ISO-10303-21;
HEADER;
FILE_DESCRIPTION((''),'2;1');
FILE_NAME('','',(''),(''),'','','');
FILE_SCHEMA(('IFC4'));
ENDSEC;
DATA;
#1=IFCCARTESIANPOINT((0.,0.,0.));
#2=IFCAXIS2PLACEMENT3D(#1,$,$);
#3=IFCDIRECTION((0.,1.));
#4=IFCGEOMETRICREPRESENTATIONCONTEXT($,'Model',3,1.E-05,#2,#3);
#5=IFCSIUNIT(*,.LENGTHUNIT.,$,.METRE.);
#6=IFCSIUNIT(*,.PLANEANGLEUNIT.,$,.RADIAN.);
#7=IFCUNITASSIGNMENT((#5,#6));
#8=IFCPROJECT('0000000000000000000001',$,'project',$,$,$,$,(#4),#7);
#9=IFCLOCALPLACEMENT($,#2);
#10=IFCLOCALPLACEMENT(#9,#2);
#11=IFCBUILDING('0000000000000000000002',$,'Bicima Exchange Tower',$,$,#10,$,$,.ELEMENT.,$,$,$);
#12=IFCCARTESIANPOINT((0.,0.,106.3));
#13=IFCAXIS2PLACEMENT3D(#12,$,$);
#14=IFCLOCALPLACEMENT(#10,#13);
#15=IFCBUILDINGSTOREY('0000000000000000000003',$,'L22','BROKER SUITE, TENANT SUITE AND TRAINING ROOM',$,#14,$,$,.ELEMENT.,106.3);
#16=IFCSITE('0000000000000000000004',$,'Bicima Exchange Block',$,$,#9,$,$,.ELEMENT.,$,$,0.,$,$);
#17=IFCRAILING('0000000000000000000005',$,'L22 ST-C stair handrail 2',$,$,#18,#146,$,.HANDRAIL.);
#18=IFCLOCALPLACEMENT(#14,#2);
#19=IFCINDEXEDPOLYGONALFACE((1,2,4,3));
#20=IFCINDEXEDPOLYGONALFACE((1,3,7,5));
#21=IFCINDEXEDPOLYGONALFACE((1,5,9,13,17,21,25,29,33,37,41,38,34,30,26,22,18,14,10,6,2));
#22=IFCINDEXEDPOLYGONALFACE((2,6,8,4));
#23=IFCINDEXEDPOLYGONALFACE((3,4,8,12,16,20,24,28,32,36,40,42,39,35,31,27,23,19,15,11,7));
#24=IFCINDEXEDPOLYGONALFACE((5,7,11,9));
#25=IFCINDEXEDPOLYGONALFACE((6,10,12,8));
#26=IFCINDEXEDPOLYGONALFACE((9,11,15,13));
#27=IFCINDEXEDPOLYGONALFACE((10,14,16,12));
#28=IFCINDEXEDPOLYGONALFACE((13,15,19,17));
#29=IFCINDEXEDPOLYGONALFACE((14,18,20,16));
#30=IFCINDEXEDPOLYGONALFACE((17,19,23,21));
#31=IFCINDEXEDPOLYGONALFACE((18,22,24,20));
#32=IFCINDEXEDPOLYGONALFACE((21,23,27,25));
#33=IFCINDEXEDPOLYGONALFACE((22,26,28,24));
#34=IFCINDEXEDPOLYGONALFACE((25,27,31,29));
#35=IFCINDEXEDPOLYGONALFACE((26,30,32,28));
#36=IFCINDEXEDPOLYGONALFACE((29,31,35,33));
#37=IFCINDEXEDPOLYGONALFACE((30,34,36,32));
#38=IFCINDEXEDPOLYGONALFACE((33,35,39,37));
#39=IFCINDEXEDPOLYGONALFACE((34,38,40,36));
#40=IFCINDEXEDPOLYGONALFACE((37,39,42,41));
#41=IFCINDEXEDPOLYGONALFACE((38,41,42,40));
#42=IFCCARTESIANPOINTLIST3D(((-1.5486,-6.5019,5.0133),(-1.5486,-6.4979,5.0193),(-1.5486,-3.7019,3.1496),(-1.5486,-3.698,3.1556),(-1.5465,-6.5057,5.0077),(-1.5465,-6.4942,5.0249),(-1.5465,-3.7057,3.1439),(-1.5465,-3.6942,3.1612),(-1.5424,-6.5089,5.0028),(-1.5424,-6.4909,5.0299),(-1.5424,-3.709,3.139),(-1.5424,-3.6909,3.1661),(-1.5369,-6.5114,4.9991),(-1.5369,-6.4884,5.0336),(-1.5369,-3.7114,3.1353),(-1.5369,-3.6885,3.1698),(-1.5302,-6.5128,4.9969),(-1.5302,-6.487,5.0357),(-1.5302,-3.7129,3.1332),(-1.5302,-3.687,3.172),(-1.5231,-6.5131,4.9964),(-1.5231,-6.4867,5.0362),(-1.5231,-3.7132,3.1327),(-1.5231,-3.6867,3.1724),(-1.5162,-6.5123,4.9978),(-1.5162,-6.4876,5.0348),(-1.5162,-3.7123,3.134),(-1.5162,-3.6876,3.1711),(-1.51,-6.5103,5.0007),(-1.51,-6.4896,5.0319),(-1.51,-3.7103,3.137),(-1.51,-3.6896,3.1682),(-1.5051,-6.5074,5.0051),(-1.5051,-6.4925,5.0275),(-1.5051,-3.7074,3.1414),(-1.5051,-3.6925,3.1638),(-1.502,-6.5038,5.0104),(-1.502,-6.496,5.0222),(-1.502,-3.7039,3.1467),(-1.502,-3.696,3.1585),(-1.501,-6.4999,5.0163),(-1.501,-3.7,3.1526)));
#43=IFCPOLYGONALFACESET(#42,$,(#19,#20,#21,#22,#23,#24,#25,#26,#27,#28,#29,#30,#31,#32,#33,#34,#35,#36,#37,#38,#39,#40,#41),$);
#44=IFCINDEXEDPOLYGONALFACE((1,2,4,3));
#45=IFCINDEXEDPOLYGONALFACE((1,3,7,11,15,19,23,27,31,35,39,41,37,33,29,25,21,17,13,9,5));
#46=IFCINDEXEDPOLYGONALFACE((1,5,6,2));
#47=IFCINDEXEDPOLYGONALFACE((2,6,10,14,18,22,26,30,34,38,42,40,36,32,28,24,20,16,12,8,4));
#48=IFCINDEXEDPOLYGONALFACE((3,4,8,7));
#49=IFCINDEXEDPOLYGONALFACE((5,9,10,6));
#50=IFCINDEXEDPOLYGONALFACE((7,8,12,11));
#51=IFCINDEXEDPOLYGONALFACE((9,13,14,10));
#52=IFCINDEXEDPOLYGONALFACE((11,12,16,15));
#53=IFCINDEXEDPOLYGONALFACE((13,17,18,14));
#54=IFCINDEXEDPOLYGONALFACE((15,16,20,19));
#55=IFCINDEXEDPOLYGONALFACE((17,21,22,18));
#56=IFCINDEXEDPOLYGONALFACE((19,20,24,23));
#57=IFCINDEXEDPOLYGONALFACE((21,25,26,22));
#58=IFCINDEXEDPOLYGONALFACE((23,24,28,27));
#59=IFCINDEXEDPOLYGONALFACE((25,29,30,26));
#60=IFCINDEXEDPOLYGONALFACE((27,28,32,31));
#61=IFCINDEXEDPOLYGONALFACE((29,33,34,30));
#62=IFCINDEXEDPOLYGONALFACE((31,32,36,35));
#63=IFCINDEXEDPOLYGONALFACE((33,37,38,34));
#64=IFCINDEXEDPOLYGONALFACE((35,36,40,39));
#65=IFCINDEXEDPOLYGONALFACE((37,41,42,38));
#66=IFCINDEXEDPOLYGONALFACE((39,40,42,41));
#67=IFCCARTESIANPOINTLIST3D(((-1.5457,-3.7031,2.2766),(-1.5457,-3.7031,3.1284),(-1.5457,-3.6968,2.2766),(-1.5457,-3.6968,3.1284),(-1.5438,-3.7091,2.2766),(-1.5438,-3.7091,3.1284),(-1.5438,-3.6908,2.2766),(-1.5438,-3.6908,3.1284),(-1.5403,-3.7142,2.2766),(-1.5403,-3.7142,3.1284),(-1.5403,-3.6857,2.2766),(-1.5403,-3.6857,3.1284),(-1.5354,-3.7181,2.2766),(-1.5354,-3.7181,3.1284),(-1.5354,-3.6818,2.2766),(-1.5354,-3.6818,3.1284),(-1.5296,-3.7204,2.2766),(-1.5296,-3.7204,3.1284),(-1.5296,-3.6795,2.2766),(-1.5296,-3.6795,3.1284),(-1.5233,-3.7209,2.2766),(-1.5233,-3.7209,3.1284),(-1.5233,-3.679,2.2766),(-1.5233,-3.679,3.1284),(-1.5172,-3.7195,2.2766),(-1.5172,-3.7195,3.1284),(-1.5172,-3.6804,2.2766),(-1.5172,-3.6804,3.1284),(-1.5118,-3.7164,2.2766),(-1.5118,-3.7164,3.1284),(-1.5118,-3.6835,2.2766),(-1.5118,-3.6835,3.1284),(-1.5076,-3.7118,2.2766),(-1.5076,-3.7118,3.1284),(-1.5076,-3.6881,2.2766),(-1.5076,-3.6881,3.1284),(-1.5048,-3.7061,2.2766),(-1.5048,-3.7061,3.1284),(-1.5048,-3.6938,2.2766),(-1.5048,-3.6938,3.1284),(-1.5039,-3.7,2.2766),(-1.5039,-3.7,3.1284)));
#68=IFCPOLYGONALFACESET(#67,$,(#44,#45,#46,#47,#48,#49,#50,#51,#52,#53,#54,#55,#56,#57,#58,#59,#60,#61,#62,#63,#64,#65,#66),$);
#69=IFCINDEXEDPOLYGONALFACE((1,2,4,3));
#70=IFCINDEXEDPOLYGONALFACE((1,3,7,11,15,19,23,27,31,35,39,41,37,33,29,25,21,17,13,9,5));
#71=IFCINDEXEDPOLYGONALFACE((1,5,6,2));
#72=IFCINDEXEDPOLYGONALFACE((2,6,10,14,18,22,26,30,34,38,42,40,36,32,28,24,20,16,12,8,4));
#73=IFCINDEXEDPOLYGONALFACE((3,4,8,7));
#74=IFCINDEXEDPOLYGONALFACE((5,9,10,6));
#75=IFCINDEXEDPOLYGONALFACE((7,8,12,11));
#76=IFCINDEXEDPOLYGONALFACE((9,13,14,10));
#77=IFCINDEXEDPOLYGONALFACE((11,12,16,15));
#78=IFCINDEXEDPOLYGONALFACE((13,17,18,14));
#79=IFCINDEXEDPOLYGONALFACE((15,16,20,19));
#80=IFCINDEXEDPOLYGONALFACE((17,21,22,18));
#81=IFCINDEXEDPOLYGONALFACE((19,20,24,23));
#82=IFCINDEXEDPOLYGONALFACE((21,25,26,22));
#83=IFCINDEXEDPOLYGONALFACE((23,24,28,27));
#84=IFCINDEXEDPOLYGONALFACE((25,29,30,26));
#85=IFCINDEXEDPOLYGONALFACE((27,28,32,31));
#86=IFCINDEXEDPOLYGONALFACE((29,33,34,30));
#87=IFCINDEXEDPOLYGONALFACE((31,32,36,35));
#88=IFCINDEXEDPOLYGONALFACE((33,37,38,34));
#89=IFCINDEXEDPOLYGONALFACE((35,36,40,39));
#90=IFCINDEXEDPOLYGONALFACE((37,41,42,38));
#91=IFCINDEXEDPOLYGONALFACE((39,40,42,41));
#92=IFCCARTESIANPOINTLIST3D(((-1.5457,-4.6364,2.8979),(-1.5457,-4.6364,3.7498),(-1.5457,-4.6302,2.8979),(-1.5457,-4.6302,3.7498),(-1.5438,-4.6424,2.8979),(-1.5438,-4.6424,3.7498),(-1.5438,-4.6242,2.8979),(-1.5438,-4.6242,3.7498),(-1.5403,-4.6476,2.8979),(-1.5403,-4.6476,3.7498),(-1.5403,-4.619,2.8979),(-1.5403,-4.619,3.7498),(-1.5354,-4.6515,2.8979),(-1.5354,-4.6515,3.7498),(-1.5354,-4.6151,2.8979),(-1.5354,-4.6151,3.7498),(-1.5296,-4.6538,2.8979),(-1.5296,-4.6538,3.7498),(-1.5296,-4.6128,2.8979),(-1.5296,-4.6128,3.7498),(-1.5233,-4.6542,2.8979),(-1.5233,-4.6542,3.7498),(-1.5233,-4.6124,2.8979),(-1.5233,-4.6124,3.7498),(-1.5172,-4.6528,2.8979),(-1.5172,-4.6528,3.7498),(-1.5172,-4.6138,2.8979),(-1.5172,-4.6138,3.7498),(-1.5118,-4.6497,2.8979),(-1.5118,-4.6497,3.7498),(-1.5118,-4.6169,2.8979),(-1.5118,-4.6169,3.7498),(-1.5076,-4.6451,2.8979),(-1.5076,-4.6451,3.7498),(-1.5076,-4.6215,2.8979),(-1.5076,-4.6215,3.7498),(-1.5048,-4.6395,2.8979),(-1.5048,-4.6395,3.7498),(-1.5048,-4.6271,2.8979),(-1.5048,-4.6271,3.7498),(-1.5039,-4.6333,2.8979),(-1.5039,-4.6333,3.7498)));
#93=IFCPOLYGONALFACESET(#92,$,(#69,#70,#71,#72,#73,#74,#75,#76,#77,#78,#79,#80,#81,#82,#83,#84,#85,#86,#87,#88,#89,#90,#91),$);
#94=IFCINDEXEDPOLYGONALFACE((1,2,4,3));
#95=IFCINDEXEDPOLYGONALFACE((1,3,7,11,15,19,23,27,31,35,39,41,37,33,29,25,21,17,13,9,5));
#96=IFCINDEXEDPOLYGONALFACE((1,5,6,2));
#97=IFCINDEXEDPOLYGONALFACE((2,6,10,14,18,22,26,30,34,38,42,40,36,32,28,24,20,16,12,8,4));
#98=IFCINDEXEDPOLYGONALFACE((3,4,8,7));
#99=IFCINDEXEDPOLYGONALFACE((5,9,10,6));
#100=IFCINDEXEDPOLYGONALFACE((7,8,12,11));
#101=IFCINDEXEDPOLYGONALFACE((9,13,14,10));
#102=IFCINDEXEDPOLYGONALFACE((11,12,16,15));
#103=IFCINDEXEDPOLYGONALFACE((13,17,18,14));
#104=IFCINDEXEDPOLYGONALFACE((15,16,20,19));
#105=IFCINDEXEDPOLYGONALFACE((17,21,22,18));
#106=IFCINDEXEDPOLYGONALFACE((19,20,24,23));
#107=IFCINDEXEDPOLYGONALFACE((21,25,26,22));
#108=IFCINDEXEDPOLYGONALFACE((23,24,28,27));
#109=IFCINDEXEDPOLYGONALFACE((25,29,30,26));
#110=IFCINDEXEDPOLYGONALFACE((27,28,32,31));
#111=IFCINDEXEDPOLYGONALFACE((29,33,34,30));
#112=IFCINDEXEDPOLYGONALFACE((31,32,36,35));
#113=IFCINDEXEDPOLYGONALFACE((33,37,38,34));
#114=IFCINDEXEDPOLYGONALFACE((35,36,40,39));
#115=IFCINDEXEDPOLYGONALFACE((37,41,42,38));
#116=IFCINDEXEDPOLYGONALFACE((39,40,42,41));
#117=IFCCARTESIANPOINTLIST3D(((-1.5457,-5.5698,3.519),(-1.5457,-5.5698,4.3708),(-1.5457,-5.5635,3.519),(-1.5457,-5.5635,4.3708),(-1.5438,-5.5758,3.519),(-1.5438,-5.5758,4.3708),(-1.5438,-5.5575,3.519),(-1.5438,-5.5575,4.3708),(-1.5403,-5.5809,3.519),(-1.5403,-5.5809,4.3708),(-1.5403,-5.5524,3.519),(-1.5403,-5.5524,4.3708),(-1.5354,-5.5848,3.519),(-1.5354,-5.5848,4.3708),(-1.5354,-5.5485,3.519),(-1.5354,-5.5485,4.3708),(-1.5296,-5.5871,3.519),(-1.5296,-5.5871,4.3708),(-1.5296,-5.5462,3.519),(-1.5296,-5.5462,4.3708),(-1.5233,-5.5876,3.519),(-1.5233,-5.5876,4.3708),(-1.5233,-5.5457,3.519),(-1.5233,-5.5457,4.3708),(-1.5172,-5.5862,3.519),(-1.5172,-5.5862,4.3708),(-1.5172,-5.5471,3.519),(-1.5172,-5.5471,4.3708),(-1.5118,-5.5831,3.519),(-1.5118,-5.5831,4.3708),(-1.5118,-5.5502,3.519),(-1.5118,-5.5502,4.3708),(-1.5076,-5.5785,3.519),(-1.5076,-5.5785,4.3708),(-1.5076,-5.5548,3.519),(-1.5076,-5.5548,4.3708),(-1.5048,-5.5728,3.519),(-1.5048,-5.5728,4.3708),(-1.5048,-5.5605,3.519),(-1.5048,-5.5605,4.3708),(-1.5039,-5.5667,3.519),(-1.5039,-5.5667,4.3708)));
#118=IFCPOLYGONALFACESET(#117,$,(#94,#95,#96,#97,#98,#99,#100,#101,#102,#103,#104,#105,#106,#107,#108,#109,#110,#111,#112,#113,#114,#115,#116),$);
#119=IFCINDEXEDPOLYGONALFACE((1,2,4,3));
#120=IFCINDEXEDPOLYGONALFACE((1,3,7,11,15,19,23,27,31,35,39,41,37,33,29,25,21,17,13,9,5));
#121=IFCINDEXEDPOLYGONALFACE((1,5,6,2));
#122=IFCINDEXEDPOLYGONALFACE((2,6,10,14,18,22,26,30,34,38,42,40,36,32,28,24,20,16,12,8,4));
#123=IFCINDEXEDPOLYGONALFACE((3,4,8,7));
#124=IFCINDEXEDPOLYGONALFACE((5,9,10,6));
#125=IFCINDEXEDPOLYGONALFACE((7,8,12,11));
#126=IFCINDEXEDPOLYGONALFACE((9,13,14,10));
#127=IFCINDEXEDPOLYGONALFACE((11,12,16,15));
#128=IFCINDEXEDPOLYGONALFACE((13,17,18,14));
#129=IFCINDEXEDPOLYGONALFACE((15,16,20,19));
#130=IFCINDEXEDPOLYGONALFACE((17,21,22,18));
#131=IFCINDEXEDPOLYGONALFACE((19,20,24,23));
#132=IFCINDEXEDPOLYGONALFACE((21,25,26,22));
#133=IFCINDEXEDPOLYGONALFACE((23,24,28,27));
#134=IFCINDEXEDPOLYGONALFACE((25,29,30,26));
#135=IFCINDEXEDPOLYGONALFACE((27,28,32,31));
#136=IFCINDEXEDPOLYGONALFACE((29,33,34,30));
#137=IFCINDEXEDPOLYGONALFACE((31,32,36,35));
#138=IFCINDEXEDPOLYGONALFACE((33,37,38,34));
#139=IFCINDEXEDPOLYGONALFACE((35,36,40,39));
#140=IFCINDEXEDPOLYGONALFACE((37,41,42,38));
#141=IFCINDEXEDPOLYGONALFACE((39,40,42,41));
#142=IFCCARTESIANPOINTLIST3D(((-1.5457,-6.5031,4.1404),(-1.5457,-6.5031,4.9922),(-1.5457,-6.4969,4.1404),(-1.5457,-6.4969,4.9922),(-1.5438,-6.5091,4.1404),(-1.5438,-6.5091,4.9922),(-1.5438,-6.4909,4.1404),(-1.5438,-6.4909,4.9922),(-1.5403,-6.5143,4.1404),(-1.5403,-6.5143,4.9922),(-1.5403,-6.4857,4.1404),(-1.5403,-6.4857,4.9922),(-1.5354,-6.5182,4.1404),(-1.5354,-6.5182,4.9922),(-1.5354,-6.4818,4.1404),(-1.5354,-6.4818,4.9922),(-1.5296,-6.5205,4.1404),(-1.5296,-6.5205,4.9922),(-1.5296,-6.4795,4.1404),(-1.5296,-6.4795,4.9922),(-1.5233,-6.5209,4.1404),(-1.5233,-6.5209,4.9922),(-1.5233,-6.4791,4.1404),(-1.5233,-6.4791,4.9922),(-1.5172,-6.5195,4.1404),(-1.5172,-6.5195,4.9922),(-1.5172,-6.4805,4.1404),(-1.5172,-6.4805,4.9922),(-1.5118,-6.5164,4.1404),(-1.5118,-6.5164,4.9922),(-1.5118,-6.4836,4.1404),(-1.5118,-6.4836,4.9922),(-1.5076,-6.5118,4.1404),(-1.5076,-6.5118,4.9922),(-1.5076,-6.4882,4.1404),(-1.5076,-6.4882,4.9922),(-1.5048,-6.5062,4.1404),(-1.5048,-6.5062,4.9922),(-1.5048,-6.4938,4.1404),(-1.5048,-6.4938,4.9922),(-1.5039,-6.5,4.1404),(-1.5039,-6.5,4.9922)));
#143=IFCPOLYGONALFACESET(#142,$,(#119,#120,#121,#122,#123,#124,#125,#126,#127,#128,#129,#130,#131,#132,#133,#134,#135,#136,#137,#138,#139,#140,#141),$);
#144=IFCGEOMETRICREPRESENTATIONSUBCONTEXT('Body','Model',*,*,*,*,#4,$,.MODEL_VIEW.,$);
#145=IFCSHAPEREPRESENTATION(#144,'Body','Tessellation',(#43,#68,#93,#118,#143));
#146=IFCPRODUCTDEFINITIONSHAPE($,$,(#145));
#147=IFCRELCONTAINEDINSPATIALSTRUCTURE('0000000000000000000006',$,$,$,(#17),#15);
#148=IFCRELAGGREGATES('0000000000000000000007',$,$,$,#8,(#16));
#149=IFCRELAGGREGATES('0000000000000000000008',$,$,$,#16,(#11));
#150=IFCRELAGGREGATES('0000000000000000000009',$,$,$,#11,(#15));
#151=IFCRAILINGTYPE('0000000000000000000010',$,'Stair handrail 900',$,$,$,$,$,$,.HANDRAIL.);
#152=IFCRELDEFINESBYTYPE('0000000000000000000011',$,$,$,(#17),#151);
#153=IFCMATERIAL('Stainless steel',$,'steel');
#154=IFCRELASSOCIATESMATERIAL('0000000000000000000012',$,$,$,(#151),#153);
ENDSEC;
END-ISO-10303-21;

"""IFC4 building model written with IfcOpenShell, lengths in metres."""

from ifc_helpers import new_model, si_unit, direction, frame, origin, origin_2d, place, context, subcontext, project, spatial, circle, extrude, material, type_object, element, save


model = new_model("IFC4")

# Units and contexts
model_context = context("Model", 3, precision=1e-05, world=origin(), true_north=direction((0.0, 1.0)))
body_context = subcontext(model_context, "Body", "Model", "MODEL_VIEW")
ifc_project = project(units=[si_unit("LENGTHUNIT", "METRE"), si_unit("PLANEANGLEUNIT", "RADIAN")], contexts=[model_context])

# Site, building, storey
site_placement = place(None, origin())
site = spatial("IfcSite", under=ifc_project, at=site_placement, Name="Bicima Exchange Block", CompositionType="ELEMENT", RefElevation=0.0)
building_placement = place(site_placement, origin())
building = spatial("IfcBuilding", under=site, at=building_placement, Name="Bicima Exchange Tower", CompositionType="ELEMENT")
storey_placement = place(building_placement, frame((0.0, 0.0, 106.3)))
storey = spatial("IfcBuildingStorey", under=building, at=storey_placement, Name="L22", Description="BROKER SUITE, TENANT SUITE AND TRAINING ROOM", CompositionType="ELEMENT", Elevation=106.3)

# Railing
ifc_material_1 = material(Name="Stainless steel", Category="steel")
railing_type = type_object("IfcRailingType", Name="Stair handrail 900", PredefinedType="HANDRAIL", material=ifc_material_1)
railing_placement = place(storey_placement, frame((-1.5249, -3.7, 2.2766)))
element("IfcRailing", 1, at=railing_placement, inside=storey, type_object=railing_type, Name="L22 ST-C stair handrail 2", PredefinedType="HANDRAIL", context=body_context, shape_type="SweptSolid", body=[
    extrude(circle(Radius=0.0239, at=origin_2d()), frame((0.0, 0.0, 0.876), z_axis=(0.0, -0.832452, 0.554097), x_axis=(1.0, 0.0, 0.0)), (0.0, 0.0, 1.0), 3.3635),
    extrude(circle(Radius=0.021, at=origin_2d()), origin(), (0.0, 0.0, 1.0), 0.8518),
    extrude(circle(Radius=0.021, at=origin_2d()), frame((0.0, -0.9333, 0.6213)), (0.0, 0.0, 1.0), 0.8518),
    extrude(circle(Radius=0.021, at=origin_2d()), frame((0.0, -1.8667, 1.2424)), (0.0, 0.0, 1.0), 0.8518),
    extrude(circle(Radius=0.021, at=origin_2d()), frame((0.0, -2.8, 1.8638)), (0.0, 0.0, 1.0), 0.8518),
])

save(model, "model.ifc")
